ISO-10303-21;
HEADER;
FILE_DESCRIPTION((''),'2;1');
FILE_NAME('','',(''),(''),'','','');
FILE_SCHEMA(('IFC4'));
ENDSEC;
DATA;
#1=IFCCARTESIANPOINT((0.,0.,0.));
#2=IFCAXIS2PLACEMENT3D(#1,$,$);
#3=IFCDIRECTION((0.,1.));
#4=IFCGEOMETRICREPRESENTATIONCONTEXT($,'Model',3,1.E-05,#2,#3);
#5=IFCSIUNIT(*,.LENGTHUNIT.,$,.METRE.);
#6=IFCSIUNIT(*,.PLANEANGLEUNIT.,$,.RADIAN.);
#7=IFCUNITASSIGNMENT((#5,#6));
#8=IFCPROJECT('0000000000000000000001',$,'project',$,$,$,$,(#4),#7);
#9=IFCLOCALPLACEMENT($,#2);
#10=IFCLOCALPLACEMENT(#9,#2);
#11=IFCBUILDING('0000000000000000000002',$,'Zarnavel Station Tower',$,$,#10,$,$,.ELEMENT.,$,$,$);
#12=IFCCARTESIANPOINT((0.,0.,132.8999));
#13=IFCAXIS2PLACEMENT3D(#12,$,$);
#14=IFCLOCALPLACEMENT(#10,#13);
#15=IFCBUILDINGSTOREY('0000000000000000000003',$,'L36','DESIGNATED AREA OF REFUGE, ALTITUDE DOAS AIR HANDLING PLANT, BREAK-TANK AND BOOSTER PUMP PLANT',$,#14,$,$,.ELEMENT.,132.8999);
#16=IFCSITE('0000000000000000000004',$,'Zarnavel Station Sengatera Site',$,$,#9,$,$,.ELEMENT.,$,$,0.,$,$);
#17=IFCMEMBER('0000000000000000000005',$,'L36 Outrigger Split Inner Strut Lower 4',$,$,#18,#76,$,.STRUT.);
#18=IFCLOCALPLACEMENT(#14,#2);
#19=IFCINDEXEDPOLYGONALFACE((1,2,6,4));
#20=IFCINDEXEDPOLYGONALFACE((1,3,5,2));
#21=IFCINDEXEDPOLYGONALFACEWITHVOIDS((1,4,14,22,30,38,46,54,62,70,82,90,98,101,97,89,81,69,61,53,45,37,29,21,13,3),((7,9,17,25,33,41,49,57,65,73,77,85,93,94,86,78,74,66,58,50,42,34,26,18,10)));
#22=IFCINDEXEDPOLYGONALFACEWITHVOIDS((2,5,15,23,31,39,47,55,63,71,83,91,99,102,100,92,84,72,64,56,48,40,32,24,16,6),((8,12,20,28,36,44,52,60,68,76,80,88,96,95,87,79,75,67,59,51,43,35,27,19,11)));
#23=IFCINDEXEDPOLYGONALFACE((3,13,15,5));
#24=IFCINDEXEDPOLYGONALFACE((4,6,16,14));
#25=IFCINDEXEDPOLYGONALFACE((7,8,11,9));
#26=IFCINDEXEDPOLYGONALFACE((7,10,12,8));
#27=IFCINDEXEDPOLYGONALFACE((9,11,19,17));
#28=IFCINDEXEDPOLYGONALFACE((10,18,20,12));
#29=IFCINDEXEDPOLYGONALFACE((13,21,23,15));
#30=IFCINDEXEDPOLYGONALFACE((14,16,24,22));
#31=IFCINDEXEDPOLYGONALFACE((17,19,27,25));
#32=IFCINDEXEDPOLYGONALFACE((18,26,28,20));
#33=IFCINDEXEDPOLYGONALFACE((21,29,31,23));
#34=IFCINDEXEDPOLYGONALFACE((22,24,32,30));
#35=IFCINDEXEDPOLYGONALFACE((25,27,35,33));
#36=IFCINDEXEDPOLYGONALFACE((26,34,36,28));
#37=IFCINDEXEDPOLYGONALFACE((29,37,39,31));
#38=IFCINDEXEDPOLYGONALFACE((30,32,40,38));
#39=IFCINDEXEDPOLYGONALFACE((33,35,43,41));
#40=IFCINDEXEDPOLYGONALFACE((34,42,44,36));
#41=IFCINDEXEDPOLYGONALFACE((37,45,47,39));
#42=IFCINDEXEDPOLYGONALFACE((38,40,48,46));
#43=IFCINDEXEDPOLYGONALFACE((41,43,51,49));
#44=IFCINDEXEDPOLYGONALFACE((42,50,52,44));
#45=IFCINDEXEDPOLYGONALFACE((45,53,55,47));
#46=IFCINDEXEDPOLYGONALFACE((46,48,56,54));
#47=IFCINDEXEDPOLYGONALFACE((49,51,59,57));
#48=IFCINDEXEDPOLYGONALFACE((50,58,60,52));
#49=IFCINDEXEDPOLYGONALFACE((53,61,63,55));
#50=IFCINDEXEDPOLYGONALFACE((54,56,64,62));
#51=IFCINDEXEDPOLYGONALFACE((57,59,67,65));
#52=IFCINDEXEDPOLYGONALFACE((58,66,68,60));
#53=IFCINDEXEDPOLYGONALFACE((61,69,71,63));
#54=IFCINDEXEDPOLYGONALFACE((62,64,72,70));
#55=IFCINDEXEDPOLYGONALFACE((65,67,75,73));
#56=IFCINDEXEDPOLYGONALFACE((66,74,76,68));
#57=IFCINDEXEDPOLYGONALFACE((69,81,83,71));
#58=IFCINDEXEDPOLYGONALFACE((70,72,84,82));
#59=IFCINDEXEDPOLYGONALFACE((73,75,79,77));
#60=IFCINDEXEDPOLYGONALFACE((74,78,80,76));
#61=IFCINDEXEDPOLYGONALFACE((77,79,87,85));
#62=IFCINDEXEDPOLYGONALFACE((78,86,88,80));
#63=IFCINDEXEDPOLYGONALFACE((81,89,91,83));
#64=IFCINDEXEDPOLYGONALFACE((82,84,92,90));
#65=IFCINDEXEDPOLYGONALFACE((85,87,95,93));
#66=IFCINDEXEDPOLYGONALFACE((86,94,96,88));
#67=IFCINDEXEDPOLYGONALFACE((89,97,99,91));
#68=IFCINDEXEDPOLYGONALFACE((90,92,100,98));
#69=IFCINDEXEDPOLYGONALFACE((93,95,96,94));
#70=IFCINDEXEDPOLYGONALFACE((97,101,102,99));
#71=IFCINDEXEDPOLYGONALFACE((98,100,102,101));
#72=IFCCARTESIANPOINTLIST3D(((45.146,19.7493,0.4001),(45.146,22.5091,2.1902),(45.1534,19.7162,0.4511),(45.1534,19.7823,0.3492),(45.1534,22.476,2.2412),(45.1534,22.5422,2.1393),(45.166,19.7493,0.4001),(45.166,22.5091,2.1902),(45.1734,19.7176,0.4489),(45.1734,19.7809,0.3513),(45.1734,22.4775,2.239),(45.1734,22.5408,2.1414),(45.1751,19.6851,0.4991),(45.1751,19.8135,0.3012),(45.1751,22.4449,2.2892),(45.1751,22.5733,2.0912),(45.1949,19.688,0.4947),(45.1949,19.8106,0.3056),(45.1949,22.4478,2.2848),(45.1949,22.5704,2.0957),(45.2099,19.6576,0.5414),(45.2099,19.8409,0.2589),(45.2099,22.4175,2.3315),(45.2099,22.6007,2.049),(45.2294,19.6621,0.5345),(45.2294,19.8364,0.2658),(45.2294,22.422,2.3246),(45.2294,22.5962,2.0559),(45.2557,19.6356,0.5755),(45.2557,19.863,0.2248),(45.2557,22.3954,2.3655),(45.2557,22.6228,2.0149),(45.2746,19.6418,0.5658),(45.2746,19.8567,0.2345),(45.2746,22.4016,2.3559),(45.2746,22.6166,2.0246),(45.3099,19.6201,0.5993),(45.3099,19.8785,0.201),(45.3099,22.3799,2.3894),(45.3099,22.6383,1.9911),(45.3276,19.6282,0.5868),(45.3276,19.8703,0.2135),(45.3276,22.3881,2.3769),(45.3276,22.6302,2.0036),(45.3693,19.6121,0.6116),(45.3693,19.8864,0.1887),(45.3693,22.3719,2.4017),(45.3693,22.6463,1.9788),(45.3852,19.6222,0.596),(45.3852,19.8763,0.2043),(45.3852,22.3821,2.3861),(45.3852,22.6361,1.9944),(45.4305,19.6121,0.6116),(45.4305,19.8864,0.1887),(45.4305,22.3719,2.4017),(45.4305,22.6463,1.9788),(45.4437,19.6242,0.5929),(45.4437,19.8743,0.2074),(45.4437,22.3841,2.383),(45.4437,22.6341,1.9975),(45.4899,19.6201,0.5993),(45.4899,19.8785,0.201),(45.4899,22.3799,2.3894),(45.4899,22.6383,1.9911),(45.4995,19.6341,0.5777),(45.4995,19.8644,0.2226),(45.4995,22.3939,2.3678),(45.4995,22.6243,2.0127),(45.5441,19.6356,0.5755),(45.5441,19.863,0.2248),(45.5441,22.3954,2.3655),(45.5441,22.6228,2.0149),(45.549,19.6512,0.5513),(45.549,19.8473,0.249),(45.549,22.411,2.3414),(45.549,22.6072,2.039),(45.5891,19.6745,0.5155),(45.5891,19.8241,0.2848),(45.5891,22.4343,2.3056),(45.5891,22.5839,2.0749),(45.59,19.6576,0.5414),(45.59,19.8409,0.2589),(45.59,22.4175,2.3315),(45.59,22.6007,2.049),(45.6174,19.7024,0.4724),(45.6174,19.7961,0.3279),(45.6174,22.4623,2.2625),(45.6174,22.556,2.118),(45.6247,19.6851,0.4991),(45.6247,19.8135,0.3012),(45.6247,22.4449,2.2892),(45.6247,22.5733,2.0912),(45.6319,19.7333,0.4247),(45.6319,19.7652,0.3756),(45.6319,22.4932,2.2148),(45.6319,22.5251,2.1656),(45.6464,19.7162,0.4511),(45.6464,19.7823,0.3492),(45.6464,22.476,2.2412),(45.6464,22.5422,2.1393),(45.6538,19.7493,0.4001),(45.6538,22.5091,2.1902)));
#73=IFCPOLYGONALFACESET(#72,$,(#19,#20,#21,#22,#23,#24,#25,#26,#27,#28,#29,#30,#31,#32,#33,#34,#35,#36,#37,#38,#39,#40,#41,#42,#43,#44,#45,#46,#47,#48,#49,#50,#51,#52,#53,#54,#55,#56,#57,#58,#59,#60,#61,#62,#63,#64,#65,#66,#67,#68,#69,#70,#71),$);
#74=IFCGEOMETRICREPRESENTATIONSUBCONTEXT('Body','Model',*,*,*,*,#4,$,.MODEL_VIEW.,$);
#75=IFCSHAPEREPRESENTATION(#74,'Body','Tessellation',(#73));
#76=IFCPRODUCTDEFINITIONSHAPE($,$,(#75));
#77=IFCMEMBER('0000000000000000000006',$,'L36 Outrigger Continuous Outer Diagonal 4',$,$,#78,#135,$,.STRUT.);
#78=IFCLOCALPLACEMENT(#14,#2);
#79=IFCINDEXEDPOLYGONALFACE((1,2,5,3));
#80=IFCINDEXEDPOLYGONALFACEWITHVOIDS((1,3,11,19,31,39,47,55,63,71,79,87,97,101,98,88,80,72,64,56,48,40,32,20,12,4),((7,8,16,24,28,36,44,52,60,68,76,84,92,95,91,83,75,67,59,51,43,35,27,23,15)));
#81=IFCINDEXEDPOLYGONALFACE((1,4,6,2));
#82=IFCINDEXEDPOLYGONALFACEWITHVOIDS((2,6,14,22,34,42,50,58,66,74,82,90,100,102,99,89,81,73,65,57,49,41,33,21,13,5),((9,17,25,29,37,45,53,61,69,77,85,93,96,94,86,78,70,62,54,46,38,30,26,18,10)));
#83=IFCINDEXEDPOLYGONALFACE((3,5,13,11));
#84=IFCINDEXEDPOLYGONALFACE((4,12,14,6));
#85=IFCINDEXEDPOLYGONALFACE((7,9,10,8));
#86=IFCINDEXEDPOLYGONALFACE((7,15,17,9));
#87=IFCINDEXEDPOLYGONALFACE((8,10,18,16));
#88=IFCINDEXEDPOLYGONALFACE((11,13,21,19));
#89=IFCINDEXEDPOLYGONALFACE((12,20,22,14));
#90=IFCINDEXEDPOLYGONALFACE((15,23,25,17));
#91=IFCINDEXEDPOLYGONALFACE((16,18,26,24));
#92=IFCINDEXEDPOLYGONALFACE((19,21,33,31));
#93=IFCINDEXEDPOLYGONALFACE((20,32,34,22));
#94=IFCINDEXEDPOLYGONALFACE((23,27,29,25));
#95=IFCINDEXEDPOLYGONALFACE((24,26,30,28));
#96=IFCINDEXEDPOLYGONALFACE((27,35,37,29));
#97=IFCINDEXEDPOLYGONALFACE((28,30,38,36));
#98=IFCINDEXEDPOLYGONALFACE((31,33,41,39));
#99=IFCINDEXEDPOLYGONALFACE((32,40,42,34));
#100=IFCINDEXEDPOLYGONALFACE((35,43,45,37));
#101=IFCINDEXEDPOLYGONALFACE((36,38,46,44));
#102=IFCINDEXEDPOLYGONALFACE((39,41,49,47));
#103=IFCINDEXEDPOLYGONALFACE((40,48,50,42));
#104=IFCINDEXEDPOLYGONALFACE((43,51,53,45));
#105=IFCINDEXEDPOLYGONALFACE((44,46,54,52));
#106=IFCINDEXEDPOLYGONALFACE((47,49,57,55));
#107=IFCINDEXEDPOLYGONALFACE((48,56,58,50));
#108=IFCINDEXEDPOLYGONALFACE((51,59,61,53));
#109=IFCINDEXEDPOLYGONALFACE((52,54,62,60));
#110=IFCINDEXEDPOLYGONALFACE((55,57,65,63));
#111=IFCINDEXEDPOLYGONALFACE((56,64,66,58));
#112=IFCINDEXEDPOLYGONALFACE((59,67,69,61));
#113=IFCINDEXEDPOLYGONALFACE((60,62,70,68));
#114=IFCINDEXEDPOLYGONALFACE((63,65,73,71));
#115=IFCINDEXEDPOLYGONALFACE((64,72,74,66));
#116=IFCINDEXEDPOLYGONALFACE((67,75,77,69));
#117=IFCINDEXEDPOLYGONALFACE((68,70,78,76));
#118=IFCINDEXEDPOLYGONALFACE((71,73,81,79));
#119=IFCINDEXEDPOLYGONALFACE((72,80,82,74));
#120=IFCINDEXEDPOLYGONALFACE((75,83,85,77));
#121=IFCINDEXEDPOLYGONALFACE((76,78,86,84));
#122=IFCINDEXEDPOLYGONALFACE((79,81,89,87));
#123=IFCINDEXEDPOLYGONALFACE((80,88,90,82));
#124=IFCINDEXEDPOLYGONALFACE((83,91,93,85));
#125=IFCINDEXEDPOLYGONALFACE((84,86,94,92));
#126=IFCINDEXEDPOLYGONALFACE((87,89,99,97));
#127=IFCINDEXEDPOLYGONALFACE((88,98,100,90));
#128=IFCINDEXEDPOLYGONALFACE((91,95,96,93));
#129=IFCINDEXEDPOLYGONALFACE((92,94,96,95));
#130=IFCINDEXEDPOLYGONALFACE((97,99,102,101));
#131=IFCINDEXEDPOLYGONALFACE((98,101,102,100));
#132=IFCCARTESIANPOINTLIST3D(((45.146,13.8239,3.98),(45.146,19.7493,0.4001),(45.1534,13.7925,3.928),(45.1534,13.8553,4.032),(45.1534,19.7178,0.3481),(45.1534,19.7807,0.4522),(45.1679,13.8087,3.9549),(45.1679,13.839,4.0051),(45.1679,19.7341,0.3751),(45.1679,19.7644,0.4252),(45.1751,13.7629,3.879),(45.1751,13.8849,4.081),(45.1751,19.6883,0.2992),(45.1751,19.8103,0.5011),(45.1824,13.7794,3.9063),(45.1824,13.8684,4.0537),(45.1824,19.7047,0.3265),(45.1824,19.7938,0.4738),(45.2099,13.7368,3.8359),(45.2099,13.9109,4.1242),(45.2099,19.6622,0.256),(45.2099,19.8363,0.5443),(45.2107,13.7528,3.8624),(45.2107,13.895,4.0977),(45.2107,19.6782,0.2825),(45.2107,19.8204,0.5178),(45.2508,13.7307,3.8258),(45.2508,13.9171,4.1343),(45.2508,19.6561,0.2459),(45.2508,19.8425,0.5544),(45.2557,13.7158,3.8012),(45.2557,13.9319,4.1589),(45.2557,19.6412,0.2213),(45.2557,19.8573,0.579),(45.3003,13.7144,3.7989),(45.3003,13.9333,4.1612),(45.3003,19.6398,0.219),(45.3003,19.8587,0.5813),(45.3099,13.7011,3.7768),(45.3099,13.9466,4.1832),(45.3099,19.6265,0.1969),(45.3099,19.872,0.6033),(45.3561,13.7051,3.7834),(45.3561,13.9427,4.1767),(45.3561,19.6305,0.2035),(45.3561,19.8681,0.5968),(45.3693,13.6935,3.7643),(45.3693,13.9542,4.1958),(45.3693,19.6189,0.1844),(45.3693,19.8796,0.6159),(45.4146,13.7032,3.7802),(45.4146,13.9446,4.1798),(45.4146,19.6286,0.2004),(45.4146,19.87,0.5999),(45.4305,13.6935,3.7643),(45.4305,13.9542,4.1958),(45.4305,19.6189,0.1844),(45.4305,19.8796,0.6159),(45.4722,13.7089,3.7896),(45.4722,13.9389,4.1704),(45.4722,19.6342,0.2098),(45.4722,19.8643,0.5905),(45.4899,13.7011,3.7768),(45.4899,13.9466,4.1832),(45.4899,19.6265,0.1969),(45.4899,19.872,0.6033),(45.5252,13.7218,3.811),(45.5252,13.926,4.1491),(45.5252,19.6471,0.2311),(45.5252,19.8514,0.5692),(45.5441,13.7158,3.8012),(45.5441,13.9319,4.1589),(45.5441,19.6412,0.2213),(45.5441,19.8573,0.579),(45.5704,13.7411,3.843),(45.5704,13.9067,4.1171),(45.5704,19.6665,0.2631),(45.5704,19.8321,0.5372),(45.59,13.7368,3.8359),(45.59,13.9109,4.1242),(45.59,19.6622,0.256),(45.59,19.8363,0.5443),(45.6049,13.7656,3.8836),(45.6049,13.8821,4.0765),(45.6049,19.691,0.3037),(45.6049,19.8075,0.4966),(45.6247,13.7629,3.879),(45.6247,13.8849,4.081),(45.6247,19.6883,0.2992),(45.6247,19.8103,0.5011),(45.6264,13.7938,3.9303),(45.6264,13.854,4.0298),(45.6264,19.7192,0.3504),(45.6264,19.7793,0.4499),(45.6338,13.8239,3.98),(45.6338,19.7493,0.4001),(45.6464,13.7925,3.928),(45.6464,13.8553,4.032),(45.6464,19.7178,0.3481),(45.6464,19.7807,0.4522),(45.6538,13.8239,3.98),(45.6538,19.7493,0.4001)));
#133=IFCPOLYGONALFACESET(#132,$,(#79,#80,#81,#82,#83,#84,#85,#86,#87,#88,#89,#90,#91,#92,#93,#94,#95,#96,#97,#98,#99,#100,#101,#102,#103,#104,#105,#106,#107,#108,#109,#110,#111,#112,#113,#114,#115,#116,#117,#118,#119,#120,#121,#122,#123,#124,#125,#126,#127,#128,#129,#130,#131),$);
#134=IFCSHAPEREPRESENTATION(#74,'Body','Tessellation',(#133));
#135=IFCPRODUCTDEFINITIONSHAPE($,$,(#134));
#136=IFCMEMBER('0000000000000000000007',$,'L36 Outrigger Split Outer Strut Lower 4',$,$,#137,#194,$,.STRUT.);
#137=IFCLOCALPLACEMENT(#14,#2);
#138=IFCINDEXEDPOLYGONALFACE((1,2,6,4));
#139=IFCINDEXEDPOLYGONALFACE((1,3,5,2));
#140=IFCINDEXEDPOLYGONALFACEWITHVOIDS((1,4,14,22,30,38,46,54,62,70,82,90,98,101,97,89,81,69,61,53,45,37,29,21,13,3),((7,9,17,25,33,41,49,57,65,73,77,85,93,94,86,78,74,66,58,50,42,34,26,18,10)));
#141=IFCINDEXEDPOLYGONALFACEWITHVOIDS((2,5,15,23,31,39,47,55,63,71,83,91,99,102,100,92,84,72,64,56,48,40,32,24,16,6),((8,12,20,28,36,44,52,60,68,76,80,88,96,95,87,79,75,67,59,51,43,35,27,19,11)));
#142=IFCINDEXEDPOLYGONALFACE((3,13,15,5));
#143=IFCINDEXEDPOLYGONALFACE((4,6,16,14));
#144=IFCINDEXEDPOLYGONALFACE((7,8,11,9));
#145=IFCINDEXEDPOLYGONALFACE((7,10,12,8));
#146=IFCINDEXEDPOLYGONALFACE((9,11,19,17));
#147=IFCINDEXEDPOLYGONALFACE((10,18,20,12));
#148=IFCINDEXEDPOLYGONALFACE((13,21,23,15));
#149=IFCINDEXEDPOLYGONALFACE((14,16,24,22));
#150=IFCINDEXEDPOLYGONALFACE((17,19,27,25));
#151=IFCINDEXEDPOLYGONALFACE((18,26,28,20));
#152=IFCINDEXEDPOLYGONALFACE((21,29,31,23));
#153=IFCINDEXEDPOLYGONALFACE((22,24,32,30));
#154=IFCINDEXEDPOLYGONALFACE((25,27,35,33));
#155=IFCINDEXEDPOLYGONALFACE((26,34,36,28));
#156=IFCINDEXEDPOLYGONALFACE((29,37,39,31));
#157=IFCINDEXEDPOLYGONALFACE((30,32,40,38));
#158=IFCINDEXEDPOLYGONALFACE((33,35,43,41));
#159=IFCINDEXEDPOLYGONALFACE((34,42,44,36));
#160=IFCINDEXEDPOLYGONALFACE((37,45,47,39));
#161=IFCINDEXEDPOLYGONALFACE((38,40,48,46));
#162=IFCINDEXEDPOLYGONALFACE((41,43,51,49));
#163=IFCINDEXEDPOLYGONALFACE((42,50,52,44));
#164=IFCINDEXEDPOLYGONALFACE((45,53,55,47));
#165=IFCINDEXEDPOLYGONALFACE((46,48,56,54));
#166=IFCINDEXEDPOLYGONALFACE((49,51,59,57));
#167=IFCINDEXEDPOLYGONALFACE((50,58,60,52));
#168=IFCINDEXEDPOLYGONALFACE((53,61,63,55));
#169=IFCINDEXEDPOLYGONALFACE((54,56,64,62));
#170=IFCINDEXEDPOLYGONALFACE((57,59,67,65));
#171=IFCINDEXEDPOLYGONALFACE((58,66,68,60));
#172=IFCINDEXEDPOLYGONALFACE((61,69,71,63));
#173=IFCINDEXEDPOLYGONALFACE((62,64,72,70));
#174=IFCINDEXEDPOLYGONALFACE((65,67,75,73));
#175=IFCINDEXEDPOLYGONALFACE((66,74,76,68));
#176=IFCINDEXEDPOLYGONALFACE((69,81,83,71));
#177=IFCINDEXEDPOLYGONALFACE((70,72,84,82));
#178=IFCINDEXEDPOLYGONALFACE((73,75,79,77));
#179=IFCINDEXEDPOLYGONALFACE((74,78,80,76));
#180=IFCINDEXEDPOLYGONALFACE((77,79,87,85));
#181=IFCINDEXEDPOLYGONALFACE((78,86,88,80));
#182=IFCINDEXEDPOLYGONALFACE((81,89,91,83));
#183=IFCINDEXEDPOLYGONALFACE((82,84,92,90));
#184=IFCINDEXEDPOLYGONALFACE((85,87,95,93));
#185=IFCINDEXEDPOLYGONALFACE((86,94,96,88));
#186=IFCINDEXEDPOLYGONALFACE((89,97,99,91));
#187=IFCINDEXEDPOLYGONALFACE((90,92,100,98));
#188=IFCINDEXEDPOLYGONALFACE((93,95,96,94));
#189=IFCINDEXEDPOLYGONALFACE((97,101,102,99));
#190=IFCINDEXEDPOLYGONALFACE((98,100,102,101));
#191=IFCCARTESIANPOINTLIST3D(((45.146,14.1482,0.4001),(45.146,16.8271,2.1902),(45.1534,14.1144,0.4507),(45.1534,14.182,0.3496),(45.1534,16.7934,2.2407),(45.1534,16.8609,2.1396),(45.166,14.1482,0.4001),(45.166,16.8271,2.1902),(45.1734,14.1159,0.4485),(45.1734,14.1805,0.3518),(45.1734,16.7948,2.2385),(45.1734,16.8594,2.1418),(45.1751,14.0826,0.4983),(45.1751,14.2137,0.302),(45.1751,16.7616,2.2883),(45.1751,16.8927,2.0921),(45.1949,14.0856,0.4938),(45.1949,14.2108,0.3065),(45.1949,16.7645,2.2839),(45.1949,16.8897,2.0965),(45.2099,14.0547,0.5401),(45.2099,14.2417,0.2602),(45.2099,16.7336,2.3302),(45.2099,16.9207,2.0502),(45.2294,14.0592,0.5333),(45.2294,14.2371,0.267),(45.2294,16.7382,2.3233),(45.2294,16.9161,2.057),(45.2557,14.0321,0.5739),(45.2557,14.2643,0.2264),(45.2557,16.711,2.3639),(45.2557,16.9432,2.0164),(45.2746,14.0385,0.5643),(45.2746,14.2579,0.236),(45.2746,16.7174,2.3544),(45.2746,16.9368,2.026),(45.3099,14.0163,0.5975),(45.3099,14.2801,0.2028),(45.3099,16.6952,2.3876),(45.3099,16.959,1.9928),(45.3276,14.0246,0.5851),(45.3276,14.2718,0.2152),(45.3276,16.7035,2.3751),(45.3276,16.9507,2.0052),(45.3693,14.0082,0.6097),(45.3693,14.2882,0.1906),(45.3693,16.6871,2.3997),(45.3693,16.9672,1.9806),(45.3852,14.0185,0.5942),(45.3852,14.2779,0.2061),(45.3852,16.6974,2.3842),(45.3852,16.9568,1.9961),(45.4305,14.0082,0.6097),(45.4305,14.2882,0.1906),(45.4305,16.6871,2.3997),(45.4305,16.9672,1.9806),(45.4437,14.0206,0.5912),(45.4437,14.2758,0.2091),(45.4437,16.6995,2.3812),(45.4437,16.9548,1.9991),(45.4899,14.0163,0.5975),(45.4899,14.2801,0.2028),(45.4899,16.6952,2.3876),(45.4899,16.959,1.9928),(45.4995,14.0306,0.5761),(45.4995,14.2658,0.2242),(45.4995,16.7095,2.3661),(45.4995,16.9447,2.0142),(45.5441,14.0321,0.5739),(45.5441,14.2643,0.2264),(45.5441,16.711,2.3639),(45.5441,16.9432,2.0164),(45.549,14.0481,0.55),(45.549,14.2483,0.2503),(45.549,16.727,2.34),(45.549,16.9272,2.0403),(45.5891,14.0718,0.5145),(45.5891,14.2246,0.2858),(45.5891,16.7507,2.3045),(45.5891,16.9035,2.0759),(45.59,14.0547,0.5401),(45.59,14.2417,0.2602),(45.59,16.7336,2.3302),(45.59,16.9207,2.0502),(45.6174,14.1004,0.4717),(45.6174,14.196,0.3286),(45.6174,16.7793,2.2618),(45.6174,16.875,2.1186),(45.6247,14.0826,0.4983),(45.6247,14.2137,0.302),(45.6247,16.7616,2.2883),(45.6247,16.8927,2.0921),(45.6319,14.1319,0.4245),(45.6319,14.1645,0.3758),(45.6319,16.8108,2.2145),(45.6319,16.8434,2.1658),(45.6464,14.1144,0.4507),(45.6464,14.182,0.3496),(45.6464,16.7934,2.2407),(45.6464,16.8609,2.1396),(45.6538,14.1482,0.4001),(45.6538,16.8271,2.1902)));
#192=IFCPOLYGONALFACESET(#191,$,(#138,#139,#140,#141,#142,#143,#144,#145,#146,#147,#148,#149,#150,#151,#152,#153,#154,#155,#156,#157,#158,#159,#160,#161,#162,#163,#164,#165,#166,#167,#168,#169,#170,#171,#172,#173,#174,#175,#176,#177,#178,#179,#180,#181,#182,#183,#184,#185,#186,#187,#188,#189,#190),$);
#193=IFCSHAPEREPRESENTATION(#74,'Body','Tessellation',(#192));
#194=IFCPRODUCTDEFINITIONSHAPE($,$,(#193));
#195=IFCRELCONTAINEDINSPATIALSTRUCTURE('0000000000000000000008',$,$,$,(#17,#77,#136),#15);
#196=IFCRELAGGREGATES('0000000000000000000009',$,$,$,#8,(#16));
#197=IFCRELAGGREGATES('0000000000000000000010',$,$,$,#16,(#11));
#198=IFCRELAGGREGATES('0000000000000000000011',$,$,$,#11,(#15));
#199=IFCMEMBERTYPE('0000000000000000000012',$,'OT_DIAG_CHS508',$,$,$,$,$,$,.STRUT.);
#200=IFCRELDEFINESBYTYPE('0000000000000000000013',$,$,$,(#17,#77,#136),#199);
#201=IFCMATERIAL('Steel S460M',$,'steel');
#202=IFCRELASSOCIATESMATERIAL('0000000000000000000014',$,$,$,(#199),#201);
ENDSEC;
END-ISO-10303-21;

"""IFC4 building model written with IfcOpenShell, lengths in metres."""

from ifc_helpers import new_model, si_unit, direction, frame, origin, origin_2d, place, context, subcontext, project, spatial, hollow_circle, extrude, material, material_profile, profile_set, type_object, element, save


model = new_model("IFC4")

# Units and contexts
model_context = context("Model", 3, precision=1e-05, world=origin(), true_north=direction((0.0, 1.0)))
body_context = subcontext(model_context, "Body", "Model", "MODEL_VIEW")
ifc_project = project(units=[si_unit("LENGTHUNIT", "METRE"), si_unit("PLANEANGLEUNIT", "RADIAN")], contexts=[model_context])

# Site, building, storey
site_placement = place(None, origin())
site = spatial("IfcSite", under=ifc_project, at=site_placement, Name="Zarnavel Station Sengatera Site", CompositionType="ELEMENT", RefElevation=0.0)
building_placement = place(site_placement, origin())
building = spatial("IfcBuilding", under=site, at=building_placement, Name="Zarnavel Station Tower", CompositionType="ELEMENT")
storey_placement = place(building_placement, frame((0.0, 0.0, 132.8999)))
storey = spatial("IfcBuildingStorey", under=building, at=storey_placement, Name="L36", Description="DESIGNATED AREA OF REFUGE, ALTITUDE DOAS AIR HANDLING PLANT, BREAK-TANK AND BOOSTER PUMP PLANT", CompositionType="ELEMENT", Elevation=132.8999)

# Members
ifc_material_1 = material(Name="Steel S460M", Category="steel")
ifc_material_profile_1 = material_profile(ifc_material_1, hollow_circle(Radius=0.2539, WallThickness=0.02, at=origin_2d()), Name="CHS508x20")
ifc_profile_set_1 = profile_set([ifc_material_profile_1], Name="Steel S460M")
member_type_1 = type_object("IfcMemberType", Name="OT_DIAG_CHS508", PredefinedType="STRUT", material=ifc_profile_set_1)
member_1_placement = place(storey_placement, frame((45.3999, 19.7493, 0.4001), z_axis=(0.0, 0.838972, 0.544174), x_axis=(-1.0, 0.0, 0.0)))
element("IfcMember", 1, at=member_1_placement, inside=storey, type_object=member_type_1, Name="L36 Outrigger Split Inner Strut Lower 4", PredefinedType="STRUT", context=body_context, shape_type="SweptSolid", body=[
    extrude(hollow_circle(Radius=0.2539, WallThickness=0.02, at=origin_2d()), origin(), (0.0, 0.0, 1.0), 3.2896),
])
member_2_placement = place(storey_placement, frame((45.3999, 19.7493, 0.4001), z_axis=(0.0, -0.855917, 0.517112), x_axis=(1.0, 0.0, 0.0)))
element("IfcMember", 2, at=member_2_placement, inside=storey, type_object=member_type_1, Name="L36 Outrigger Continuous Outer Diagonal 4", PredefinedType="STRUT", context=body_context, shape_type="SweptSolid", body=[
    extrude(hollow_circle(Radius=0.2539, WallThickness=0.02, at=origin_2d()), origin(), (0.0, 0.0, 1.0), 6.9229),
])
member_3_placement = place(storey_placement, frame((45.3999, 14.1482, 0.4001), z_axis=(0.0, 0.831467, 0.555574), x_axis=(-1.0, 0.0, 0.0)))
element("IfcMember", 3, at=member_3_placement, inside=storey, type_object=member_type_1, Name="L36 Outrigger Split Outer Strut Lower 4", PredefinedType="STRUT", context=body_context, shape_type="SweptSolid", body=[
    extrude(hollow_circle(Radius=0.2539, WallThickness=0.02, at=origin_2d()), origin(), (0.0, 0.0, 1.0), 3.2219),
])

save(model, "model.ifc")
